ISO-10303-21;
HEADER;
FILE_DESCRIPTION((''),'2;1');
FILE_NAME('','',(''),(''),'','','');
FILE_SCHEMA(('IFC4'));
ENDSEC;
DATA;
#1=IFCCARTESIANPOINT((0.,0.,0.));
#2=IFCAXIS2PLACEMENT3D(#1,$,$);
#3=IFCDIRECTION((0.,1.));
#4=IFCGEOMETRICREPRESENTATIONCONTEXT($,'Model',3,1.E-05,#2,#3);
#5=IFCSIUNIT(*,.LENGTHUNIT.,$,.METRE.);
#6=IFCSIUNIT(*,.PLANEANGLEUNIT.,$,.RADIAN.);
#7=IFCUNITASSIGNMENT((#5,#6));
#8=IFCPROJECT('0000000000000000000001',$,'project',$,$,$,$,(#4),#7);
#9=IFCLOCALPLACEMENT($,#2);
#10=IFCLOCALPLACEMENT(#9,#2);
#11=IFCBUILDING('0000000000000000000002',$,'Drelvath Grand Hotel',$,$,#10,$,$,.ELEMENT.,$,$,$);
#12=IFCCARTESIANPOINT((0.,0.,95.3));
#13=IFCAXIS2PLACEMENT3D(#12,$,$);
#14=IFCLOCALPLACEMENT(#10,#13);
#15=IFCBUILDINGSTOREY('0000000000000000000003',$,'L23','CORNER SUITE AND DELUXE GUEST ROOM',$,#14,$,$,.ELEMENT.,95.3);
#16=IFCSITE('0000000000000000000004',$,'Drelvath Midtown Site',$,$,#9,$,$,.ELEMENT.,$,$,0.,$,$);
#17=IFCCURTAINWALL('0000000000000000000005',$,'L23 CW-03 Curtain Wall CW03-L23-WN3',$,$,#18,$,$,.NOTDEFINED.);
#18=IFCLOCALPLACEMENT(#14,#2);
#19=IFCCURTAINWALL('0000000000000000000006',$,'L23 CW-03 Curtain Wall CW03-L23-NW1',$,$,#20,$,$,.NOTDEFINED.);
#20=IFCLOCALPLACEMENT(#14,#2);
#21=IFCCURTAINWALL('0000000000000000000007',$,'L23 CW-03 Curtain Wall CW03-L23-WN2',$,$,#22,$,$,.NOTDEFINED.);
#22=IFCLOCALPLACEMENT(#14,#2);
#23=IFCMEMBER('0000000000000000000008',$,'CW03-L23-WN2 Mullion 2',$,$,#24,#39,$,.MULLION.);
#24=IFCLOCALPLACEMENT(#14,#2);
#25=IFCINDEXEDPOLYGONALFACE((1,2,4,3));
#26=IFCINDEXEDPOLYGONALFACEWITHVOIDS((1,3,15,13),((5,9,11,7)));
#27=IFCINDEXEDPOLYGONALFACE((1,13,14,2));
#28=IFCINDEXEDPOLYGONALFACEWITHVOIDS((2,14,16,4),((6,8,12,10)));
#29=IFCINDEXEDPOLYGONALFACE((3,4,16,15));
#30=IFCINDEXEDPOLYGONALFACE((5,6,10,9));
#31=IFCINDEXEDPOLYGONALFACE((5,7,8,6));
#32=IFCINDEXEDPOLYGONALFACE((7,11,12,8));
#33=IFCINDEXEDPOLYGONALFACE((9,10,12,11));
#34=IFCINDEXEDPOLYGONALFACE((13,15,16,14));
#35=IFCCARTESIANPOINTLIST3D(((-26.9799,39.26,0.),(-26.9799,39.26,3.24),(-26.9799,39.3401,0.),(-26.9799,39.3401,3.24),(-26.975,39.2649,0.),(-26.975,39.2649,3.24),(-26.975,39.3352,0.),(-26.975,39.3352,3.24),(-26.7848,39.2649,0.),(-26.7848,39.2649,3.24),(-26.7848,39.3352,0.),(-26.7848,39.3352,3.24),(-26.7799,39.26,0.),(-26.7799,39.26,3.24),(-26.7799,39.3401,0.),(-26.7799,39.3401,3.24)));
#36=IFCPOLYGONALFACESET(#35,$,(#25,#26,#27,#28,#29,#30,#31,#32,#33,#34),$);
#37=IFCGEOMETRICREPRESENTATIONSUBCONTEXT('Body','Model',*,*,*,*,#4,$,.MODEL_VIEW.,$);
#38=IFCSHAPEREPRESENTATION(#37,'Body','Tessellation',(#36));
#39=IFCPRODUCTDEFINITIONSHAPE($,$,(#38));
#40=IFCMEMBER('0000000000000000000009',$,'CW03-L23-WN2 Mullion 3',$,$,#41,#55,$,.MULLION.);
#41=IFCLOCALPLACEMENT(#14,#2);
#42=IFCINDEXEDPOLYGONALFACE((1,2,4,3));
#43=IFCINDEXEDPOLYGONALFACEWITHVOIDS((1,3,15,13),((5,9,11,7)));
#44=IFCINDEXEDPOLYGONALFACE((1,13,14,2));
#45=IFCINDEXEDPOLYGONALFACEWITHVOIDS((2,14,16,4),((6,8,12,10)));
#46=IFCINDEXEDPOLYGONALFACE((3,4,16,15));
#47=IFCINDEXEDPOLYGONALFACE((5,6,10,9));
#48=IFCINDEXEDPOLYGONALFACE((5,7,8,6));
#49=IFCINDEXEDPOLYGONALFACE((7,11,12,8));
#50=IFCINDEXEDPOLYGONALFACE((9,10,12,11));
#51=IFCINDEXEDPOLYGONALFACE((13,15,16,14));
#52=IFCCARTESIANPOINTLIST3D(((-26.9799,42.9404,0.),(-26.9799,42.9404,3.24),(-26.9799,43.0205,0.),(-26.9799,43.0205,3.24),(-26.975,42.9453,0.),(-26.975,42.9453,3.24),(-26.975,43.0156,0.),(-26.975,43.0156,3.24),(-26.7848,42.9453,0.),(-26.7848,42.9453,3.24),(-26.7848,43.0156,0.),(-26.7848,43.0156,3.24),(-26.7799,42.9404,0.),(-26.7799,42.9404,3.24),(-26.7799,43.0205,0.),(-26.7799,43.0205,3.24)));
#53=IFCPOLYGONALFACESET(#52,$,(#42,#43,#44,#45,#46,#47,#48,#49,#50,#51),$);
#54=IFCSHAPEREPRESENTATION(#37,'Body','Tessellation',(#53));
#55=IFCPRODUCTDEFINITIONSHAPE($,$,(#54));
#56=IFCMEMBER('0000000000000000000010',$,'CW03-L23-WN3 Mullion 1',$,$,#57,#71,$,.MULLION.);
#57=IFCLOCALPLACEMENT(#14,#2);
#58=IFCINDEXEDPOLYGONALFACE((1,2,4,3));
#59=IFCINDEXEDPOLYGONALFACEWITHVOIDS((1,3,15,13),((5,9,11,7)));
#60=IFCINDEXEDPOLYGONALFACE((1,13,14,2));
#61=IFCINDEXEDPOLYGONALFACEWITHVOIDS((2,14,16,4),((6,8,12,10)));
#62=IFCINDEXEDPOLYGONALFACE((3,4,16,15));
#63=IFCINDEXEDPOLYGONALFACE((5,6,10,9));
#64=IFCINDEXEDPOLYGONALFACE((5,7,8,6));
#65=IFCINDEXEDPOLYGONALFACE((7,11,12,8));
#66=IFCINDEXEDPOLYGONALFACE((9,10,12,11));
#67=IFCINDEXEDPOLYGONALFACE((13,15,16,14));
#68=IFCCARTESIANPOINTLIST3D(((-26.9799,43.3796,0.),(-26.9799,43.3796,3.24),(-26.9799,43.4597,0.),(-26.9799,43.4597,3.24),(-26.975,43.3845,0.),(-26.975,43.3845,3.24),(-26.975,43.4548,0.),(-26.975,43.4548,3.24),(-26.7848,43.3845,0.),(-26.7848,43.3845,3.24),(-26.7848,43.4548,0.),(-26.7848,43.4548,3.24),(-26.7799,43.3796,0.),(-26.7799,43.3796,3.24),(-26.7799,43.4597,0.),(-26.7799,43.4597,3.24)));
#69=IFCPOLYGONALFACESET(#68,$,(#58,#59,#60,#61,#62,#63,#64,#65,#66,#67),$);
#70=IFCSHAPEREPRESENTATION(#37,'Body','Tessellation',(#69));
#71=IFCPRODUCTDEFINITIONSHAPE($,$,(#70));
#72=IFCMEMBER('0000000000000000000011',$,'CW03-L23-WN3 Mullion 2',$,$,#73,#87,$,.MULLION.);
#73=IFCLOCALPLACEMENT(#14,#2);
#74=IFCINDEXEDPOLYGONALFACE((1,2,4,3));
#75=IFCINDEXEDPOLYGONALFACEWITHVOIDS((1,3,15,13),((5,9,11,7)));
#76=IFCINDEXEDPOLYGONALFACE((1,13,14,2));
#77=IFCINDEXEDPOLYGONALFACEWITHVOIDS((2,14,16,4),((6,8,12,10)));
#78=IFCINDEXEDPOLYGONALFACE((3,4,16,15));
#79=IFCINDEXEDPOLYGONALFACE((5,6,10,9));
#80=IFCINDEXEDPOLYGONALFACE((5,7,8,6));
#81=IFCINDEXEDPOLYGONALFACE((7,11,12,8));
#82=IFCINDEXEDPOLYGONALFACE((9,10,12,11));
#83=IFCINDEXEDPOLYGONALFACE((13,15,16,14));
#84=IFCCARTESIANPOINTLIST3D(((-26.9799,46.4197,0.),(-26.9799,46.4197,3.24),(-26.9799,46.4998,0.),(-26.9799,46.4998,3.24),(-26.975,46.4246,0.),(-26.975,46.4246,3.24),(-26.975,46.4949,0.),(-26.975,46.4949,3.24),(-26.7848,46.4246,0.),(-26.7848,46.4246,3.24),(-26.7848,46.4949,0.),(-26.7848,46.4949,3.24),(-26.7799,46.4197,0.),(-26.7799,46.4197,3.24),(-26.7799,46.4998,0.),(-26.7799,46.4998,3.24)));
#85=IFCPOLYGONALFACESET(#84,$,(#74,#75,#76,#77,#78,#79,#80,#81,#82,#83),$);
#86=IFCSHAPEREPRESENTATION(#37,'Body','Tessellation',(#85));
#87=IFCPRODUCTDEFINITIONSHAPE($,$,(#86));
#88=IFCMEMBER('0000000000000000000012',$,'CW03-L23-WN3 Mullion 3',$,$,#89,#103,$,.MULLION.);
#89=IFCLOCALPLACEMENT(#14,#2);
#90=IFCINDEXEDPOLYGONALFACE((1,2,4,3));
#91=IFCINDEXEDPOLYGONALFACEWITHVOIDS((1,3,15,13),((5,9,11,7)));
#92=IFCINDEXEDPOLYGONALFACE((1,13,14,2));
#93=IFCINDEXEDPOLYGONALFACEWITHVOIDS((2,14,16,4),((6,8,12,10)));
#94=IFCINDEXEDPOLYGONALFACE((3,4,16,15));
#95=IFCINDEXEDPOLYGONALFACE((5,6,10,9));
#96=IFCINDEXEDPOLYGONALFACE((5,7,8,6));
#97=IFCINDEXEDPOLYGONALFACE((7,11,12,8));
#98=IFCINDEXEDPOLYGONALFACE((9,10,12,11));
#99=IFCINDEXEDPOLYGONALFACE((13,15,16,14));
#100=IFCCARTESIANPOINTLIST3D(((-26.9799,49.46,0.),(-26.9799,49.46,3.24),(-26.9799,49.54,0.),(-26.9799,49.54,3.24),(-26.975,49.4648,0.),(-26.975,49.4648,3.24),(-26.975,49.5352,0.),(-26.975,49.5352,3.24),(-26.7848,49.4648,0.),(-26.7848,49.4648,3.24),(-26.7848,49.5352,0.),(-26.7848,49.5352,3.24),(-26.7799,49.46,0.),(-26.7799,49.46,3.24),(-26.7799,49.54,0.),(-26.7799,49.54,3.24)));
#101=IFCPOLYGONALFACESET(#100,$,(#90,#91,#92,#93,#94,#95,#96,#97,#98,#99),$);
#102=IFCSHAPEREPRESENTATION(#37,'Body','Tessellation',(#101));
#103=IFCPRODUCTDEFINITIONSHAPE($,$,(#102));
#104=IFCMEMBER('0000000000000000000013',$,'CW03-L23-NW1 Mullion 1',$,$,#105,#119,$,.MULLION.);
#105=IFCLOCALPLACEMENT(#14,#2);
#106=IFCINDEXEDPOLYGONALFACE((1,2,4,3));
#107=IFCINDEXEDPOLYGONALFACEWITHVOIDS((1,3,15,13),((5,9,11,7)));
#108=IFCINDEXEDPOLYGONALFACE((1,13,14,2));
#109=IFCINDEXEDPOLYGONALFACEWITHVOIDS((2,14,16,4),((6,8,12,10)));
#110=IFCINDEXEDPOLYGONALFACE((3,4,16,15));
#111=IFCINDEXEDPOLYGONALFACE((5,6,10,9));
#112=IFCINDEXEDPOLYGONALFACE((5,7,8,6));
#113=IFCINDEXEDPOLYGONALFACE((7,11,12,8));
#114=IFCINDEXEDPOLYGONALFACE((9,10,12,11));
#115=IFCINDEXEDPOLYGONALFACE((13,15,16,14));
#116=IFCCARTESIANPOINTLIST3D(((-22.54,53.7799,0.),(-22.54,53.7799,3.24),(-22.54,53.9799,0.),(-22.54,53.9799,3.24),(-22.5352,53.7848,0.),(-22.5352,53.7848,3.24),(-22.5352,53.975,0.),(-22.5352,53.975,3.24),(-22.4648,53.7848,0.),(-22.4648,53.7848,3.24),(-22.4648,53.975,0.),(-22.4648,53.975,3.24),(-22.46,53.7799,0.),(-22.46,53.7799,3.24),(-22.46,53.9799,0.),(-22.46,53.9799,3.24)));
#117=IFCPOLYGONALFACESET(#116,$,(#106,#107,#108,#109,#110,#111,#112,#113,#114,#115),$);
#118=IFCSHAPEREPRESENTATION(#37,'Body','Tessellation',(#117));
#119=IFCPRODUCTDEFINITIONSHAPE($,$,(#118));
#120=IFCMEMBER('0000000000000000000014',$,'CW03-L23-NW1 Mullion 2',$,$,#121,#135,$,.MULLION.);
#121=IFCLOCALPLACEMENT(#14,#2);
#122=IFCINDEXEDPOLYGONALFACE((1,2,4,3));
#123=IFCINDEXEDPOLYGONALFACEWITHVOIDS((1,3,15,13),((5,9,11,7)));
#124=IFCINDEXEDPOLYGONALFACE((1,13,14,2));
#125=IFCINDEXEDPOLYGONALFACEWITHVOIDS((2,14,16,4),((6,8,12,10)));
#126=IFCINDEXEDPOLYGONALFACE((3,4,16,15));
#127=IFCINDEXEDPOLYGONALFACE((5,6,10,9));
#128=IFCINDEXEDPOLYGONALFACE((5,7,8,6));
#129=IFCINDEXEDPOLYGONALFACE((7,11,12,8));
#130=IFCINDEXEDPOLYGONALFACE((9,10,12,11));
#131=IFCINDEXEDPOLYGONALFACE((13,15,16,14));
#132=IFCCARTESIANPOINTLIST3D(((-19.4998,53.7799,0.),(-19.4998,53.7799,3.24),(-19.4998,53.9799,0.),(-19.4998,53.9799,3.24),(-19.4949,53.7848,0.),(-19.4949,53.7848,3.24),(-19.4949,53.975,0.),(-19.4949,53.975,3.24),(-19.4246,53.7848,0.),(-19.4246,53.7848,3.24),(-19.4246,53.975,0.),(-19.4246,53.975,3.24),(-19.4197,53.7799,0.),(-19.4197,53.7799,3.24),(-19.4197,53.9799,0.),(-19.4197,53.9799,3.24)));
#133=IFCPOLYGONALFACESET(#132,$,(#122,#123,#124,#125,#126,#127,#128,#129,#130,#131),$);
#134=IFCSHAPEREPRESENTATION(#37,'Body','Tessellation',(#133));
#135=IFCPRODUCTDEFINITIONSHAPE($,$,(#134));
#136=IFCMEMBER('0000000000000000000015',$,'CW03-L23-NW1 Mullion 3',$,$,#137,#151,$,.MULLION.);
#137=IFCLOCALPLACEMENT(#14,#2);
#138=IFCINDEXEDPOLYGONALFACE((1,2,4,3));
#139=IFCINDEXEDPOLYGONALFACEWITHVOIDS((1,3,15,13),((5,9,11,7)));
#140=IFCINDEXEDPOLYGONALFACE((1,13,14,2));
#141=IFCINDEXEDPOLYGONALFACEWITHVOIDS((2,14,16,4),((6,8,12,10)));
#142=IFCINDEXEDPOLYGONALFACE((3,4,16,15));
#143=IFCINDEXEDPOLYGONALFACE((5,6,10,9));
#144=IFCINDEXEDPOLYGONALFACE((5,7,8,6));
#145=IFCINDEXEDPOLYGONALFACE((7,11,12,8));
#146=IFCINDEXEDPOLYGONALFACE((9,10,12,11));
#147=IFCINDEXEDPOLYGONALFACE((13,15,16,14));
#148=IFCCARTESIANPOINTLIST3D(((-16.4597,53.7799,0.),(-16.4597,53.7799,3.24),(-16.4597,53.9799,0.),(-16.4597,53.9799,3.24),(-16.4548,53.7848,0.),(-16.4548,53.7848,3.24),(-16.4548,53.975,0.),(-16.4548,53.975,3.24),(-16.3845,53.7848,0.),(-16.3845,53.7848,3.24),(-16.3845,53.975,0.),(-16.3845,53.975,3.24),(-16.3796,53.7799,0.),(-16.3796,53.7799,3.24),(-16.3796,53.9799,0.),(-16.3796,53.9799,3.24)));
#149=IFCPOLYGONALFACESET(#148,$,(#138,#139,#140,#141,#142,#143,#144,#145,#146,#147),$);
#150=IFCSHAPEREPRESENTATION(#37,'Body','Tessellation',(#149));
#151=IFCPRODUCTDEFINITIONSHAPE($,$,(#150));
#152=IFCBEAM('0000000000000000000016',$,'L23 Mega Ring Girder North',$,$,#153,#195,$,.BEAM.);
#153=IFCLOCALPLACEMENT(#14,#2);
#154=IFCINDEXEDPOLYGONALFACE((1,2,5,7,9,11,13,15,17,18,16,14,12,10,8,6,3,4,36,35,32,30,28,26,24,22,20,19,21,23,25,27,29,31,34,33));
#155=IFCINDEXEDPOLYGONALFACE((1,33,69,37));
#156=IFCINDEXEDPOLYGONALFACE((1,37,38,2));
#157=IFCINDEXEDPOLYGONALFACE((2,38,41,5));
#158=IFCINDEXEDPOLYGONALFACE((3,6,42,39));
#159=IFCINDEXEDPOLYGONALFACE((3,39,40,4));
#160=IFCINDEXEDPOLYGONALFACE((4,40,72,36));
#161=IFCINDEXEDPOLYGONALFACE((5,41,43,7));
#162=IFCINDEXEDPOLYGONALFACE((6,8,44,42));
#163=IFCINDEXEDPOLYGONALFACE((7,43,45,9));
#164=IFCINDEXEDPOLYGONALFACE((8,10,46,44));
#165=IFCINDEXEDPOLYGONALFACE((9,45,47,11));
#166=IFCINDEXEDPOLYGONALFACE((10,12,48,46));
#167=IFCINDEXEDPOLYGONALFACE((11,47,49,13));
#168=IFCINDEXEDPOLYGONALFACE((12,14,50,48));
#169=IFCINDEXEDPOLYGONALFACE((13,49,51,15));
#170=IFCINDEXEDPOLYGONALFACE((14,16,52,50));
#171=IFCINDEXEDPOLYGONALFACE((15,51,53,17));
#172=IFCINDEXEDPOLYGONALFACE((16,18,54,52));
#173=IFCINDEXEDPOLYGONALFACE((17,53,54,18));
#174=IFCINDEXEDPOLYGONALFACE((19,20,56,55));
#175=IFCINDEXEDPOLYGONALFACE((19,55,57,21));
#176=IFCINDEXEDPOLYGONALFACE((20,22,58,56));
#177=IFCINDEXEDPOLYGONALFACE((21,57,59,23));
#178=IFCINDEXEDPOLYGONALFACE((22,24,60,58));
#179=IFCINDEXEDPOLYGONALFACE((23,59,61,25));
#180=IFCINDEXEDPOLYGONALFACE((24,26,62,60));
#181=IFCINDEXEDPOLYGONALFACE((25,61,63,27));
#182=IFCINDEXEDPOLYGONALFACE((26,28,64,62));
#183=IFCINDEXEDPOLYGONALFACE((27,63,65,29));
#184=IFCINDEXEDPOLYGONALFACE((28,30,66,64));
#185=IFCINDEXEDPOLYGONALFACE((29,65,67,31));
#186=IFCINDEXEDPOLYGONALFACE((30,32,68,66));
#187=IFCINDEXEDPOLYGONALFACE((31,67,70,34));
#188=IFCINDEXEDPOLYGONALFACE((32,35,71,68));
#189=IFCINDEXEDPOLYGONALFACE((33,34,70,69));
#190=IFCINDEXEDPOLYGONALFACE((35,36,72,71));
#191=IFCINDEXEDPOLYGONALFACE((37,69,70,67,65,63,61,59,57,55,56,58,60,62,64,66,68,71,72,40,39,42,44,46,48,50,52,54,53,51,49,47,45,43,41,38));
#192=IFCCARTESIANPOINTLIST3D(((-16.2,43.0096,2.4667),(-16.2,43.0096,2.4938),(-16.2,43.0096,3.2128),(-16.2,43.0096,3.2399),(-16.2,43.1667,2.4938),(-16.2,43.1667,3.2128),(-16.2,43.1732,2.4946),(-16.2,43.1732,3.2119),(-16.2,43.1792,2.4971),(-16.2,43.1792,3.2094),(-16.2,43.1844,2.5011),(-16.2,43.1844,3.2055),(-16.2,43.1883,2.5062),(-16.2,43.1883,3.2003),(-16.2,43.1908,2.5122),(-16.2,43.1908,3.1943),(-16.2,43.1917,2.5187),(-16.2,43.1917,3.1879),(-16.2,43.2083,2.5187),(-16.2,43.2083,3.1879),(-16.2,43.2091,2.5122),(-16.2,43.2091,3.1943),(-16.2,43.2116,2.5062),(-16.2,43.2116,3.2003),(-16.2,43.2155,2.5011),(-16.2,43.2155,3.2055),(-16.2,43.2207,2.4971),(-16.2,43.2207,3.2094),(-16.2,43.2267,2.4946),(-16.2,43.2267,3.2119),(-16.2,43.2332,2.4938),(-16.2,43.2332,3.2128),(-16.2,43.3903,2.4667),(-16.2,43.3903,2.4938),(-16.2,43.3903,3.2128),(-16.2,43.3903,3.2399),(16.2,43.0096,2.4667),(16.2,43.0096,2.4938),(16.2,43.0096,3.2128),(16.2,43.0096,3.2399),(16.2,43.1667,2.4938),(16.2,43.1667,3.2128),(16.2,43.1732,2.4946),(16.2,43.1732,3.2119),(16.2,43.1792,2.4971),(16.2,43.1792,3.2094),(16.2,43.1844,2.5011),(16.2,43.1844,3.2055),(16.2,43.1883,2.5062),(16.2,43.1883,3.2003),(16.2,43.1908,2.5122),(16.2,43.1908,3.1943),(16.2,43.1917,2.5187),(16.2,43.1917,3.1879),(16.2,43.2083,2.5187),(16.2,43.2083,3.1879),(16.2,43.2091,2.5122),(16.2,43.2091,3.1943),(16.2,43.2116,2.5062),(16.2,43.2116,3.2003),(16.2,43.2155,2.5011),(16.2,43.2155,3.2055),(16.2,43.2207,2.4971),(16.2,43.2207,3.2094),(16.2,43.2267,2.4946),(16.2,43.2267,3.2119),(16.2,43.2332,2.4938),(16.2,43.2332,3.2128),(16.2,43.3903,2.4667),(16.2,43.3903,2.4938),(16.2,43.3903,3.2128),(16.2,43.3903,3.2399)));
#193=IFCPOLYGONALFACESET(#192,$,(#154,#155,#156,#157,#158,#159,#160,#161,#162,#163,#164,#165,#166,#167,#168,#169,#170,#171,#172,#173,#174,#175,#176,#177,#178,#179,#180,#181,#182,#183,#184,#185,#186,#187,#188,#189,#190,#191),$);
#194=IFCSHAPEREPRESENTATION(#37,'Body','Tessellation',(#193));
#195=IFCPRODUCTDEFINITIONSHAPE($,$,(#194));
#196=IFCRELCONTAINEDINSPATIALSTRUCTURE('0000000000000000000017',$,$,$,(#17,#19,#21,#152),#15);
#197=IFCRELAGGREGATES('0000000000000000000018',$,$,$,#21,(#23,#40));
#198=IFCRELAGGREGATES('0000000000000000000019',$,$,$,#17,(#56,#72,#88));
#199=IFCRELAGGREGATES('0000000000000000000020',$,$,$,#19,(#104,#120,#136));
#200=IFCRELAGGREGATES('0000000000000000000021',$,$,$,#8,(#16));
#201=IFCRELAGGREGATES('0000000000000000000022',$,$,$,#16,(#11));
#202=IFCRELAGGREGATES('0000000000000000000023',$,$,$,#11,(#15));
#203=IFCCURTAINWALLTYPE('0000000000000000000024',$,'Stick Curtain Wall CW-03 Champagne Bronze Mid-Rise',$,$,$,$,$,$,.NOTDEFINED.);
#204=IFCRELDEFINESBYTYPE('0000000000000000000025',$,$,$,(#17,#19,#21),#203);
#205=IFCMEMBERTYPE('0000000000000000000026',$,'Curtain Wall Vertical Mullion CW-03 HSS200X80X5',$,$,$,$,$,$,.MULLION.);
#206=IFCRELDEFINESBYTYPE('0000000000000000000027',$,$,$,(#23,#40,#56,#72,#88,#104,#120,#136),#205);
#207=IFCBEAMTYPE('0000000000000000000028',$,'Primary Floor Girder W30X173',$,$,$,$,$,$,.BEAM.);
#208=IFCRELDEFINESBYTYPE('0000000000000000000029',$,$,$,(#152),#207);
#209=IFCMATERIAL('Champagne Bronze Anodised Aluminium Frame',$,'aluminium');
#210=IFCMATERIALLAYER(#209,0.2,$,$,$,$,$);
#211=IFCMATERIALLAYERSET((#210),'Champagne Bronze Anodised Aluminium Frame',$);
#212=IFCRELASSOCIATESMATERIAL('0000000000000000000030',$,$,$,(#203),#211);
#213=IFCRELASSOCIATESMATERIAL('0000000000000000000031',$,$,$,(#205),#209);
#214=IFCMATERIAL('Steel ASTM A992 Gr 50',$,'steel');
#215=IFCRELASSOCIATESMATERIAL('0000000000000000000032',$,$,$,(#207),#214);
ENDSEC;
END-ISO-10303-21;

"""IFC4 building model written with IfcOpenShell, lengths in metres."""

from ifc_helpers import new_model, si_unit, direction, frame, origin, origin_2d, place, context, subcontext, project, spatial, hollow_rectangle, i_section, extrude, material, layer, layer_set, material_profile, profile_set, type_object, element, aggregate, save


model = new_model("IFC4")

# Units and contexts
model_context = context("Model", 3, precision=1e-05, world=origin(), true_north=direction((0.0, 1.0)))
body_context = subcontext(model_context, "Body", "Model", "MODEL_VIEW")
ifc_project = project(units=[si_unit("LENGTHUNIT", "METRE"), si_unit("PLANEANGLEUNIT", "RADIAN")], contexts=[model_context])

# Site, building, storey
site_placement = place(None, origin())
site = spatial("IfcSite", under=ifc_project, at=site_placement, Name="Drelvath Midtown Site", CompositionType="ELEMENT", RefElevation=0.0)
building_placement = place(site_placement, origin())
building = spatial("IfcBuilding", under=site, at=building_placement, Name="Drelvath Grand Hotel", CompositionType="ELEMENT")
storey_placement = place(building_placement, frame((0.0, 0.0, 95.3)))
storey = spatial("IfcBuildingStorey", under=building, at=storey_placement, Name="L23", Description="CORNER SUITE AND DELUXE GUEST ROOM", CompositionType="ELEMENT", Elevation=95.3)

# Shared definitions
ifc_material_1 = material(Name="Steel ASTM A992 Gr 50", Category="steel")

# Curtain walls
ifc_material_2 = material(Name="Champagne Bronze Anodised Aluminium Frame", Category="aluminium")
ifc_layer_1 = layer(ifc_material_2, 0.2)
ifc_layer_set_1 = layer_set([ifc_layer_1], Name="Champagne Bronze Anodised Aluminium Frame")
curtain_wall_type = type_object("IfcCurtainWallType", Name="Stick Curtain Wall CW-03 Champagne Bronze Mid-Rise", PredefinedType="NOTDEFINED", material=ifc_layer_set_1)
curtain_wall_1_placement = place(storey_placement, origin())
curtain_wall_1 = element("IfcCurtainWall", 1, at=curtain_wall_1_placement, inside=storey, type_object=curtain_wall_type, Name="L23 CW-03 Curtain Wall CW03-L23-WN3", PredefinedType="NOTDEFINED")
curtain_wall_2_placement = place(storey_placement, origin())
curtain_wall_2 = element("IfcCurtainWall", 2, at=curtain_wall_2_placement, inside=storey, type_object=curtain_wall_type, Name="L23 CW-03 Curtain Wall CW03-L23-NW1", PredefinedType="NOTDEFINED")

# Curtain wall, members
curtain_wall_3_placement = place(storey_placement, origin())
curtain_wall_3 = element("IfcCurtainWall", 3, at=curtain_wall_3_placement, inside=storey, type_object=curtain_wall_type, Name="L23 CW-03 Curtain Wall CW03-L23-WN2", PredefinedType="NOTDEFINED")
ifc_material_profile_1 = material_profile(ifc_material_2, hollow_rectangle(XDim=0.0801, YDim=0.2, WallThickness=0.0049, at=origin_2d()), Name="HSS200X80X5")
ifc_profile_set_1 = profile_set([ifc_material_profile_1], Name="Champagne Bronze Anodised Aluminium Frame")
member_type_1 = type_object("IfcMemberType", Name="Curtain Wall Vertical Mullion CW-03 HSS200X80X5", PredefinedType="MULLION", material=ifc_profile_set_1)
member_1_placement = place(storey_placement, frame((-26.8799, 39.3, 0.0), z_axis=(0.0, 0.0, 1.0), x_axis=(0.0, 1.0, 0.0)))
member_1 = element("IfcMember", 4, at=member_1_placement, type_object=member_type_1, Name="CW03-L23-WN2 Mullion 2", PredefinedType="MULLION", context=body_context, shape_type="SweptSolid", body=[
    extrude(hollow_rectangle(XDim=0.0801, YDim=0.2, WallThickness=0.0049, at=origin_2d()), origin(), (0.0, 0.0, 1.0), 3.24),
])
member_2_placement = place(storey_placement, frame((-26.8799, 42.9805, 0.0), z_axis=(0.0, 0.0, 1.0), x_axis=(0.0, 1.0, 0.0)))
member_2 = element("IfcMember", 5, at=member_2_placement, type_object=member_type_1, Name="CW03-L23-WN2 Mullion 3", PredefinedType="MULLION", context=body_context, shape_type="SweptSolid", body=[
    extrude(hollow_rectangle(XDim=0.0801, YDim=0.2, WallThickness=0.0049, at=origin_2d()), origin(), (0.0, 0.0, 1.0), 3.24),
])

# Members
member_3_placement = place(storey_placement, frame((-26.8799, 43.4197, 0.0), z_axis=(0.0, 0.0, 1.0), x_axis=(0.0, 1.0, 0.0)))
member_3 = element("IfcMember", 6, at=member_3_placement, type_object=member_type_1, Name="CW03-L23-WN3 Mullion 1", PredefinedType="MULLION", context=body_context, shape_type="SweptSolid", body=[
    extrude(hollow_rectangle(XDim=0.0801, YDim=0.2, WallThickness=0.0049, at=origin_2d()), origin(), (0.0, 0.0, 1.0), 3.24),
])
member_4_placement = place(storey_placement, frame((-26.8799, 46.4597, 0.0), z_axis=(0.0, 0.0, 1.0), x_axis=(0.0, 1.0, 0.0)))
member_4 = element("IfcMember", 7, at=member_4_placement, type_object=member_type_1, Name="CW03-L23-WN3 Mullion 2", PredefinedType="MULLION", context=body_context, shape_type="SweptSolid", body=[
    extrude(hollow_rectangle(XDim=0.0801, YDim=0.2, WallThickness=0.0049, at=origin_2d()), origin(), (0.0, 0.0, 1.0), 3.24),
])
member_5_placement = place(storey_placement, frame((-26.8799, 49.5, 0.0), z_axis=(0.0, 0.0, 1.0), x_axis=(0.0, 1.0, 0.0)))
member_5 = element("IfcMember", 8, at=member_5_placement, type_object=member_type_1, Name="CW03-L23-WN3 Mullion 3", PredefinedType="MULLION", context=body_context, shape_type="SweptSolid", body=[
    extrude(hollow_rectangle(XDim=0.0801, YDim=0.2, WallThickness=0.0049, at=origin_2d()), origin(), (0.0, 0.0, 1.0), 3.24),
])
member_6_placement = place(storey_placement, frame((-22.5, 53.8799, 0.0), z_axis=(0.0, 0.0, 1.0), x_axis=(1.0, 0.0, 0.0)))
member_6 = element("IfcMember", 9, at=member_6_placement, type_object=member_type_1, Name="CW03-L23-NW1 Mullion 1", PredefinedType="MULLION", context=body_context, shape_type="SweptSolid", body=[
    extrude(hollow_rectangle(XDim=0.0801, YDim=0.2, WallThickness=0.0049, at=origin_2d()), origin(), (0.0, 0.0, 1.0), 3.24),
])
member_7_placement = place(storey_placement, frame((-19.4597, 53.8799, 0.0), z_axis=(0.0, 0.0, 1.0), x_axis=(1.0, 0.0, 0.0)))
member_7 = element("IfcMember", 10, at=member_7_placement, type_object=member_type_1, Name="CW03-L23-NW1 Mullion 2", PredefinedType="MULLION", context=body_context, shape_type="SweptSolid", body=[
    extrude(hollow_rectangle(XDim=0.0801, YDim=0.2, WallThickness=0.0049, at=origin_2d()), origin(), (0.0, 0.0, 1.0), 3.24),
])
member_8_placement = place(storey_placement, frame((-16.4197, 53.8799, 0.0), z_axis=(0.0, 0.0, 1.0), x_axis=(1.0, 0.0, 0.0)))
member_8 = element("IfcMember", 11, at=member_8_placement, type_object=member_type_1, Name="CW03-L23-NW1 Mullion 3", PredefinedType="MULLION", context=body_context, shape_type="SweptSolid", body=[
    extrude(hollow_rectangle(XDim=0.0801, YDim=0.2, WallThickness=0.0049, at=origin_2d()), origin(), (0.0, 0.0, 1.0), 3.24),
])

# Beam
ifc_material_profile_2 = material_profile(ifc_material_1, i_section(OverallWidth=0.3806, OverallDepth=0.7732, WebThickness=0.0166, FlangeThickness=0.0271, FilletRadius=0.0249, at=origin_2d()), Name="W30X173")
ifc_profile_set_2 = profile_set([ifc_material_profile_2], Name="Steel ASTM A992 Gr 50")
beam_type_1 = type_object("IfcBeamType", Name="Primary Floor Girder W30X173", PredefinedType="BEAM", material=ifc_profile_set_2)
beam_1_placement = place(storey_placement, frame((-16.2, 43.2, 2.8533), z_axis=(1.0, 0.0, 0.0), x_axis=(0.0, 1.0, 0.0)))
element("IfcBeam", 12, at=beam_1_placement, inside=storey, type_object=beam_type_1, Name="L23 Mega Ring Girder North", PredefinedType="BEAM", context=body_context, shape_type="SweptSolid", body=[
    extrude(i_section(OverallWidth=0.3806, OverallDepth=0.7732, WebThickness=0.0166, FlangeThickness=0.0271, FilletRadius=0.0249, at=origin_2d()), origin(), (0.0, 0.0, 1.0), 32.3999),
])

aggregate(curtain_wall_3, [member_1, member_2])
aggregate(curtain_wall_1, [member_3, member_4, member_5])
aggregate(curtain_wall_2, [member_6, member_7, member_8])

save(model, "model.ifc")
